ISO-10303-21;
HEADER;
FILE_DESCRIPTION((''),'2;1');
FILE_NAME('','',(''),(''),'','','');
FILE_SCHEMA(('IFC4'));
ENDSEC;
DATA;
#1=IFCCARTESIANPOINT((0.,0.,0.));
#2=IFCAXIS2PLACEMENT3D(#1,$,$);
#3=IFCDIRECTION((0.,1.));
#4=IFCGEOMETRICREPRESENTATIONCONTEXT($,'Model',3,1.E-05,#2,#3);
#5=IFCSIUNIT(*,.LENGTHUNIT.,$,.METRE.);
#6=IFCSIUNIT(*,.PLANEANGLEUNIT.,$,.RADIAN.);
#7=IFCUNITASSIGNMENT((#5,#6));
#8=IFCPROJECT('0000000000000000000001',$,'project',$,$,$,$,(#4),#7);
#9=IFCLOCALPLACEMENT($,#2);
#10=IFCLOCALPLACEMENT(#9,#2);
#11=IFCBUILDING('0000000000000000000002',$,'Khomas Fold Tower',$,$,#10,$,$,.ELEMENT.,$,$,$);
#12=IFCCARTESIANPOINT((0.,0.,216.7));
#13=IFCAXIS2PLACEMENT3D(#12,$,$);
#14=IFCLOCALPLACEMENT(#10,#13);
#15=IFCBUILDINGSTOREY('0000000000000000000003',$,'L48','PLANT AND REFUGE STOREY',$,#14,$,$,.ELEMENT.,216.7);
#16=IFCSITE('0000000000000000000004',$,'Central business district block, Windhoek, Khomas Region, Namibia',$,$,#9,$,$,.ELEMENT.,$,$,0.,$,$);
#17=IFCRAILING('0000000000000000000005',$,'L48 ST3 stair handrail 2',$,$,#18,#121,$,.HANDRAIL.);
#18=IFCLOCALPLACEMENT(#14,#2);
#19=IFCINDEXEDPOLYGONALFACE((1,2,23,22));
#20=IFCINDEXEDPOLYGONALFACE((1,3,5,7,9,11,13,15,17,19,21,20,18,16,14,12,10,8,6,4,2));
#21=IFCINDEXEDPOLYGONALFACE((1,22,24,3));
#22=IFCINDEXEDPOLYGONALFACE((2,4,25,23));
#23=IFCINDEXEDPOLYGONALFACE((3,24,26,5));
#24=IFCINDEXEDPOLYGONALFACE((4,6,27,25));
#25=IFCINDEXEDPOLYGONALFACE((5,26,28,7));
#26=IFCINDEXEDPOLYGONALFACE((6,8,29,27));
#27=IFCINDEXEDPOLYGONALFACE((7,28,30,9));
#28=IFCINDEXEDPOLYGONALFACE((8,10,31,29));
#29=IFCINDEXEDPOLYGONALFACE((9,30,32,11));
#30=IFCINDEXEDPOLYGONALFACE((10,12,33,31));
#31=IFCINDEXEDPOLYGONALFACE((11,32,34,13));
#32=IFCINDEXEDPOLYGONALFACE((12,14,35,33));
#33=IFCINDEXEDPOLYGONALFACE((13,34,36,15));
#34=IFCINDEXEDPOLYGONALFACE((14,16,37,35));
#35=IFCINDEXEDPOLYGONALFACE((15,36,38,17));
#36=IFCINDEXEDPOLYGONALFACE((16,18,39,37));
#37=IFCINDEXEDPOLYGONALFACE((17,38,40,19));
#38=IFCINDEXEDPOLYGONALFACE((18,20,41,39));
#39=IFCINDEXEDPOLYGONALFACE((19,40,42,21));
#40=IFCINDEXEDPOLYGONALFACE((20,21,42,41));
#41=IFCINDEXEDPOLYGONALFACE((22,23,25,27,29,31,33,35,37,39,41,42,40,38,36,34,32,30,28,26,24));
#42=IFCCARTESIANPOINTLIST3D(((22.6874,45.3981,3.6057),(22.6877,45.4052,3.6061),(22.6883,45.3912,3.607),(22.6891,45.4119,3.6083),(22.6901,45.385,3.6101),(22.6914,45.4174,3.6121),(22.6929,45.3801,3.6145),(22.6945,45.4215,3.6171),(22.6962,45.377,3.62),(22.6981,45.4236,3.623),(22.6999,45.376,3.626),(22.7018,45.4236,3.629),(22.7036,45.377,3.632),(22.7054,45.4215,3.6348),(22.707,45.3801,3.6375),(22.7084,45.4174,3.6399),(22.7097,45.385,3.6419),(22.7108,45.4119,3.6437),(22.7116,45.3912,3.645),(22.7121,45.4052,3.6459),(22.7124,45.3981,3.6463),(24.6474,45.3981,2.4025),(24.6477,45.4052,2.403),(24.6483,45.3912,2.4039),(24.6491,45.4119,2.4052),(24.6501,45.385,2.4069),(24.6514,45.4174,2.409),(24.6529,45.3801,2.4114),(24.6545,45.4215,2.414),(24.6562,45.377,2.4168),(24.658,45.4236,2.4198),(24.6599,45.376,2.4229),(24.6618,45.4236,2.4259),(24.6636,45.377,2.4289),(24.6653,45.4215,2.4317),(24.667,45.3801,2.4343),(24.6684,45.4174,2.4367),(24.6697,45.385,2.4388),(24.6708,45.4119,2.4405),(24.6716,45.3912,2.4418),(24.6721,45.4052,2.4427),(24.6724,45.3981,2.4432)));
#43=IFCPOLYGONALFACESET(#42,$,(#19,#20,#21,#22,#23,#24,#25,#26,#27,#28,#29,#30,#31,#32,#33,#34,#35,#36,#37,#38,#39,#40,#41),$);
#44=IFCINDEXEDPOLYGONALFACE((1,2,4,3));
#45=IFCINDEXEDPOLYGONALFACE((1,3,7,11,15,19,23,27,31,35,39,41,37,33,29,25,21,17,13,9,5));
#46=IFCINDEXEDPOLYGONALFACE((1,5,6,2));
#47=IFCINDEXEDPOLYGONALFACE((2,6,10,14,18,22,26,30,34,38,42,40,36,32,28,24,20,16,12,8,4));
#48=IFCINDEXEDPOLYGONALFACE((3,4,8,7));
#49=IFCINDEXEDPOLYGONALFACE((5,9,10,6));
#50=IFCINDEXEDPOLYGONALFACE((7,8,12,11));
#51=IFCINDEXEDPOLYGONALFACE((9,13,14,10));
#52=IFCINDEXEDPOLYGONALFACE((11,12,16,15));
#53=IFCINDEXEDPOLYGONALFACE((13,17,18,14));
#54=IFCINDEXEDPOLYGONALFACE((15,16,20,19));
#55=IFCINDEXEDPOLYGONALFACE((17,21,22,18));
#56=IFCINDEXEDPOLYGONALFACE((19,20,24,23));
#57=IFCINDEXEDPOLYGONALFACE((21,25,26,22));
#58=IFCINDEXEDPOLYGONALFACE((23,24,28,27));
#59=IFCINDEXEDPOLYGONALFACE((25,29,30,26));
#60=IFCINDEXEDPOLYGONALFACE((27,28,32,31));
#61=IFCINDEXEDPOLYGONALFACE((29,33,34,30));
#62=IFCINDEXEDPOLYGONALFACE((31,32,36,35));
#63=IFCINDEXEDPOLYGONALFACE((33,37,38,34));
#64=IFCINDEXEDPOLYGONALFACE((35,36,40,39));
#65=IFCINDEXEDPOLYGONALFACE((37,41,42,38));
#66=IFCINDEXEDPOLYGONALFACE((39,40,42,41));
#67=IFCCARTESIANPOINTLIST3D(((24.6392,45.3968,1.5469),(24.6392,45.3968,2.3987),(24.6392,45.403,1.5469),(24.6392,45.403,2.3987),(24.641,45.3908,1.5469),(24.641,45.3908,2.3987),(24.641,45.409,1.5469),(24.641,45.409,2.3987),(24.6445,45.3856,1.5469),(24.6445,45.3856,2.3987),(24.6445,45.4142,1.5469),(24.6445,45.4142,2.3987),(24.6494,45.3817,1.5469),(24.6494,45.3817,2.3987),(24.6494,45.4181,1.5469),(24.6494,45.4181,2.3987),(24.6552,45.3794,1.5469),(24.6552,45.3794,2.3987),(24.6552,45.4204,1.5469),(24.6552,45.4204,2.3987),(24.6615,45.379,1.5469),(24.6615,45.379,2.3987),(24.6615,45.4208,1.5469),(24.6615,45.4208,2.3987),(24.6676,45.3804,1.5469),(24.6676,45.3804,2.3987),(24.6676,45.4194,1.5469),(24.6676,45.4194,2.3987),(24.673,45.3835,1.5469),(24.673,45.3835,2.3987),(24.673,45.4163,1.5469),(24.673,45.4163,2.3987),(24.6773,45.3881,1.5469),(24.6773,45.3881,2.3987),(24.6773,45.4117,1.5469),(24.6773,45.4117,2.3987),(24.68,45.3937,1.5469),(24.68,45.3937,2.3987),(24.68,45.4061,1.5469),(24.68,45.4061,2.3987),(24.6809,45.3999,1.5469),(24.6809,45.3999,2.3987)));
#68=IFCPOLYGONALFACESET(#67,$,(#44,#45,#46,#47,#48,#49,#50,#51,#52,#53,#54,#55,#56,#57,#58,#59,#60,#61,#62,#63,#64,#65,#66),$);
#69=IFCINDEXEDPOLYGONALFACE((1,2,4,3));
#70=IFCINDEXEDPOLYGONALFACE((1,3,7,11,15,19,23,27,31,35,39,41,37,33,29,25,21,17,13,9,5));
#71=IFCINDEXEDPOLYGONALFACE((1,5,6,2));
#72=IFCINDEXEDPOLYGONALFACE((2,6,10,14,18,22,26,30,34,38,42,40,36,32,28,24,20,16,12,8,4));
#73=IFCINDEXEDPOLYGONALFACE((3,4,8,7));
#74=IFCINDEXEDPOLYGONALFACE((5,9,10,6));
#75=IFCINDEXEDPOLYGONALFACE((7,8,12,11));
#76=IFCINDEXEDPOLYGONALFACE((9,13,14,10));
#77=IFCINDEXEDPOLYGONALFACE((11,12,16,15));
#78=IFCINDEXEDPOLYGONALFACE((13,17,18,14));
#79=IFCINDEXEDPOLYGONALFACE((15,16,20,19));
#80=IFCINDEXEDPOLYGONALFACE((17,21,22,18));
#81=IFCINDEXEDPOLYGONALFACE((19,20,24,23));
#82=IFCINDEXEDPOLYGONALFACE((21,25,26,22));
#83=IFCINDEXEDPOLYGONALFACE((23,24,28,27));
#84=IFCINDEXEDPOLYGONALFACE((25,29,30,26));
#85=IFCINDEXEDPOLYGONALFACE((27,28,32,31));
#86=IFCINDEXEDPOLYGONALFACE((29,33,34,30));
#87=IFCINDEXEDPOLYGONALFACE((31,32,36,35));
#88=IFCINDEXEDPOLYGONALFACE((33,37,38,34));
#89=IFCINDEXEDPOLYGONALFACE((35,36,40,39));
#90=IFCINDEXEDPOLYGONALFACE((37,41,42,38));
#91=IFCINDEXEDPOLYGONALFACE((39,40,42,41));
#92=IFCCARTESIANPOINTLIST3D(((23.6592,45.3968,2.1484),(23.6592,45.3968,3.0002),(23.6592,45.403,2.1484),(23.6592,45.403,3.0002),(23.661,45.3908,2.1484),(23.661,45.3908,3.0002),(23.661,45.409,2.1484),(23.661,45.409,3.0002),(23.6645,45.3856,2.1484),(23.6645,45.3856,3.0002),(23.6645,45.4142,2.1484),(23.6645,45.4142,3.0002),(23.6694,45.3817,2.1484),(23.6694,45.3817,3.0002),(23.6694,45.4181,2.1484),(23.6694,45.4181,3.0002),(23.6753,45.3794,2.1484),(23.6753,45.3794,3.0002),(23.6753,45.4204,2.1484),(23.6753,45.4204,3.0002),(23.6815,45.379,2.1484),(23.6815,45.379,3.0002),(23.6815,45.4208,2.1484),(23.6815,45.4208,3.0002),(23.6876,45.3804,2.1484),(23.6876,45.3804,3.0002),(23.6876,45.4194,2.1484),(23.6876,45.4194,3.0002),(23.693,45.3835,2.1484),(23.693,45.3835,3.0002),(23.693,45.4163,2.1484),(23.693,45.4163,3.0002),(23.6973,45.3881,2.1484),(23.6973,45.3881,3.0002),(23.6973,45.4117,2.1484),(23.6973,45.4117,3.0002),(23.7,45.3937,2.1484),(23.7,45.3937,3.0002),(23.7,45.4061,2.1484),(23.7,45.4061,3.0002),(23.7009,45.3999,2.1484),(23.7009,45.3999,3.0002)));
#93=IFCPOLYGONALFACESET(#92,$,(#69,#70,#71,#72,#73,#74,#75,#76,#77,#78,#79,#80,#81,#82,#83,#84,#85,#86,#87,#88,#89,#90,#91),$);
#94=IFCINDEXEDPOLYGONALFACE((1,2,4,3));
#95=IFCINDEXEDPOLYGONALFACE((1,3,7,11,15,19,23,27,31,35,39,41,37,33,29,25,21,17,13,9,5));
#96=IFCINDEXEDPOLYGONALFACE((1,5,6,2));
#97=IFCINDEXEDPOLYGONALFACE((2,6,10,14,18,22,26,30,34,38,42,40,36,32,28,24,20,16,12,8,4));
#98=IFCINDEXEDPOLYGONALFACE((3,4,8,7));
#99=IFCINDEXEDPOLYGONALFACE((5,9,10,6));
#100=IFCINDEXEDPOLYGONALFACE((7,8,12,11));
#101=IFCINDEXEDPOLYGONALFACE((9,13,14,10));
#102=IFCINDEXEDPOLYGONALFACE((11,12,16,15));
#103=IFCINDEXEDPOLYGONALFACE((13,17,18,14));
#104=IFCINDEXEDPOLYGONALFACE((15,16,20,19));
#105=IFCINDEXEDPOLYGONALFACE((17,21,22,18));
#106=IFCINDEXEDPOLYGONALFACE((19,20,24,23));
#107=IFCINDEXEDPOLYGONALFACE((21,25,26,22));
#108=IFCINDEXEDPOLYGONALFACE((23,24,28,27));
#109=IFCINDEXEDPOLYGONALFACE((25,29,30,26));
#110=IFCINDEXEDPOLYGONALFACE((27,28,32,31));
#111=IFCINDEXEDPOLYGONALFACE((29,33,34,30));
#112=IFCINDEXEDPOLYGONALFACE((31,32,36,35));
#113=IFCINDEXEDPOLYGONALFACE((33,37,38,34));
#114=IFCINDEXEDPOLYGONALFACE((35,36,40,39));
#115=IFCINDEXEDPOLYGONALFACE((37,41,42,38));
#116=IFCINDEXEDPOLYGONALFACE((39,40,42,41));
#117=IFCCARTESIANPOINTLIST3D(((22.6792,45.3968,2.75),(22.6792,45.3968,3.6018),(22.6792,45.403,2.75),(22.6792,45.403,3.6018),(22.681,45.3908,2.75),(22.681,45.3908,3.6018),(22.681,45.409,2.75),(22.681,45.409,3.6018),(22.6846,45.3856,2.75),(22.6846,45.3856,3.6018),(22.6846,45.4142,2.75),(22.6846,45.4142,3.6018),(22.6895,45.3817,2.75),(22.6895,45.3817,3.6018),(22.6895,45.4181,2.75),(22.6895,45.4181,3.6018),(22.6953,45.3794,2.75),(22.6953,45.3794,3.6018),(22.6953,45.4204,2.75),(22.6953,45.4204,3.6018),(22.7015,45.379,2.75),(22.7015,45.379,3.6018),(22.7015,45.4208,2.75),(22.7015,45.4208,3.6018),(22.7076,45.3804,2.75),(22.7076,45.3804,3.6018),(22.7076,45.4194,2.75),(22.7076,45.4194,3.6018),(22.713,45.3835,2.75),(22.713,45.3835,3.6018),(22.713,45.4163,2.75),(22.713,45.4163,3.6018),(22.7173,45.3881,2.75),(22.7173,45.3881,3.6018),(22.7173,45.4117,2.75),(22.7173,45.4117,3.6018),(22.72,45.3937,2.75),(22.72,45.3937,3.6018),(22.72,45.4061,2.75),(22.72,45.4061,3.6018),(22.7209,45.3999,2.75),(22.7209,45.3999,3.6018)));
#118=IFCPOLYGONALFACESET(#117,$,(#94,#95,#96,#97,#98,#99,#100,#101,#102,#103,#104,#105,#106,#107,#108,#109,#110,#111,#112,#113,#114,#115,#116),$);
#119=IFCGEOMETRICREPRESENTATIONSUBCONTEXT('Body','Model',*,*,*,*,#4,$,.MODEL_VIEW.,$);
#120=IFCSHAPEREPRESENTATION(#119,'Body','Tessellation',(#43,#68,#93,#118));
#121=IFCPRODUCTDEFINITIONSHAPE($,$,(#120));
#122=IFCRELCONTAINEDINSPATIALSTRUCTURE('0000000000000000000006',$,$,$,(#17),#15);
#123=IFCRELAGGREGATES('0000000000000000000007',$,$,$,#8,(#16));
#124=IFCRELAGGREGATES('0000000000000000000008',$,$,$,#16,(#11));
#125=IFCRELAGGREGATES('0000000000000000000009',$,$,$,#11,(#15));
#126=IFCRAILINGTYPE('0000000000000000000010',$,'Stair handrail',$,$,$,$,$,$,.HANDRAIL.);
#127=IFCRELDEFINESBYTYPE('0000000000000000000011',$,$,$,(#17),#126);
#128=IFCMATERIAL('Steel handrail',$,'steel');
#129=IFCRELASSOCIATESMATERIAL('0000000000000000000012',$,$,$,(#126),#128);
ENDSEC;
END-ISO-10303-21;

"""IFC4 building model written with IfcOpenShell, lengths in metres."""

from ifc_helpers import new_model, si_unit, direction, frame, origin, origin_2d, place, context, subcontext, project, spatial, circle, extrude, source, transform, mapped, material, type_object, element, save


model = new_model("IFC4")

# Units and contexts
model_context = context("Model", 3, precision=1e-05, world=origin(), true_north=direction((0.0, 1.0)))
body_context = subcontext(model_context, "Body", "Model", "MODEL_VIEW")
ifc_project = project(units=[si_unit("LENGTHUNIT", "METRE"), si_unit("PLANEANGLEUNIT", "RADIAN")], contexts=[model_context])

# Site, building, storey
site_placement = place(None, origin())
site = spatial("IfcSite", under=ifc_project, at=site_placement, Name="Central business district block, Windhoek, Khomas Region, Namibia", CompositionType="ELEMENT", RefElevation=0.0)
building_placement = place(site_placement, origin())
building = spatial("IfcBuilding", under=site, at=building_placement, Name="Khomas Fold Tower", CompositionType="ELEMENT")
storey_placement = place(building_placement, frame((0.0, 0.0, 216.7)))
storey = spatial("IfcBuildingStorey", under=building, at=storey_placement, Name="L48", Description="PLANT AND REFUGE STOREY", CompositionType="ELEMENT", Elevation=216.7)

# Railing
ifc_material_1 = material(Name="Steel handrail", Category="steel")
railing_type_1 = type_object("IfcRailingType", Name="Stair handrail", PredefinedType="HANDRAIL", material=ifc_material_1)
shared_shape_1 = source(origin(), body_context, "Body", "SweptSolid", [
    extrude(circle(Radius=0.0239, at=origin_2d()), frame((0.0, 0.0, 0.876), z_axis=(-0.852241, 0.0, 0.523149), x_axis=(0.0, -1.0, 0.0)), (0.0, 0.0, 1.0), 2.2998),
    extrude(circle(Radius=0.021, at=origin_2d()), origin(), (0.0, 0.0, 1.0), 0.8518),
    extrude(circle(Radius=0.021, at=origin_2d()), frame((-0.98, 0.0, 0.6016)), (0.0, 0.0, 1.0), 0.8518),
    extrude(circle(Radius=0.021, at=origin_2d()), frame((-1.96, 0.0, 1.2031)), (0.0, 0.0, 1.0), 0.8518),
])
for number, where, name in (
    (1, (24.6599, 45.3999, 1.5469), "L48 ST3 stair handrail 2"),
):
    element("IfcRailing", number, at=place(storey_placement, frame(where)), inside=storey, type_object=railing_type_1, Name=name, PredefinedType="HANDRAIL", context=body_context, shape_type="MappedRepresentation", body=[
        mapped(shared_shape_1, transform((0.0, 0.0, 0.0))),
    ])

save(model, "model.ifc")
